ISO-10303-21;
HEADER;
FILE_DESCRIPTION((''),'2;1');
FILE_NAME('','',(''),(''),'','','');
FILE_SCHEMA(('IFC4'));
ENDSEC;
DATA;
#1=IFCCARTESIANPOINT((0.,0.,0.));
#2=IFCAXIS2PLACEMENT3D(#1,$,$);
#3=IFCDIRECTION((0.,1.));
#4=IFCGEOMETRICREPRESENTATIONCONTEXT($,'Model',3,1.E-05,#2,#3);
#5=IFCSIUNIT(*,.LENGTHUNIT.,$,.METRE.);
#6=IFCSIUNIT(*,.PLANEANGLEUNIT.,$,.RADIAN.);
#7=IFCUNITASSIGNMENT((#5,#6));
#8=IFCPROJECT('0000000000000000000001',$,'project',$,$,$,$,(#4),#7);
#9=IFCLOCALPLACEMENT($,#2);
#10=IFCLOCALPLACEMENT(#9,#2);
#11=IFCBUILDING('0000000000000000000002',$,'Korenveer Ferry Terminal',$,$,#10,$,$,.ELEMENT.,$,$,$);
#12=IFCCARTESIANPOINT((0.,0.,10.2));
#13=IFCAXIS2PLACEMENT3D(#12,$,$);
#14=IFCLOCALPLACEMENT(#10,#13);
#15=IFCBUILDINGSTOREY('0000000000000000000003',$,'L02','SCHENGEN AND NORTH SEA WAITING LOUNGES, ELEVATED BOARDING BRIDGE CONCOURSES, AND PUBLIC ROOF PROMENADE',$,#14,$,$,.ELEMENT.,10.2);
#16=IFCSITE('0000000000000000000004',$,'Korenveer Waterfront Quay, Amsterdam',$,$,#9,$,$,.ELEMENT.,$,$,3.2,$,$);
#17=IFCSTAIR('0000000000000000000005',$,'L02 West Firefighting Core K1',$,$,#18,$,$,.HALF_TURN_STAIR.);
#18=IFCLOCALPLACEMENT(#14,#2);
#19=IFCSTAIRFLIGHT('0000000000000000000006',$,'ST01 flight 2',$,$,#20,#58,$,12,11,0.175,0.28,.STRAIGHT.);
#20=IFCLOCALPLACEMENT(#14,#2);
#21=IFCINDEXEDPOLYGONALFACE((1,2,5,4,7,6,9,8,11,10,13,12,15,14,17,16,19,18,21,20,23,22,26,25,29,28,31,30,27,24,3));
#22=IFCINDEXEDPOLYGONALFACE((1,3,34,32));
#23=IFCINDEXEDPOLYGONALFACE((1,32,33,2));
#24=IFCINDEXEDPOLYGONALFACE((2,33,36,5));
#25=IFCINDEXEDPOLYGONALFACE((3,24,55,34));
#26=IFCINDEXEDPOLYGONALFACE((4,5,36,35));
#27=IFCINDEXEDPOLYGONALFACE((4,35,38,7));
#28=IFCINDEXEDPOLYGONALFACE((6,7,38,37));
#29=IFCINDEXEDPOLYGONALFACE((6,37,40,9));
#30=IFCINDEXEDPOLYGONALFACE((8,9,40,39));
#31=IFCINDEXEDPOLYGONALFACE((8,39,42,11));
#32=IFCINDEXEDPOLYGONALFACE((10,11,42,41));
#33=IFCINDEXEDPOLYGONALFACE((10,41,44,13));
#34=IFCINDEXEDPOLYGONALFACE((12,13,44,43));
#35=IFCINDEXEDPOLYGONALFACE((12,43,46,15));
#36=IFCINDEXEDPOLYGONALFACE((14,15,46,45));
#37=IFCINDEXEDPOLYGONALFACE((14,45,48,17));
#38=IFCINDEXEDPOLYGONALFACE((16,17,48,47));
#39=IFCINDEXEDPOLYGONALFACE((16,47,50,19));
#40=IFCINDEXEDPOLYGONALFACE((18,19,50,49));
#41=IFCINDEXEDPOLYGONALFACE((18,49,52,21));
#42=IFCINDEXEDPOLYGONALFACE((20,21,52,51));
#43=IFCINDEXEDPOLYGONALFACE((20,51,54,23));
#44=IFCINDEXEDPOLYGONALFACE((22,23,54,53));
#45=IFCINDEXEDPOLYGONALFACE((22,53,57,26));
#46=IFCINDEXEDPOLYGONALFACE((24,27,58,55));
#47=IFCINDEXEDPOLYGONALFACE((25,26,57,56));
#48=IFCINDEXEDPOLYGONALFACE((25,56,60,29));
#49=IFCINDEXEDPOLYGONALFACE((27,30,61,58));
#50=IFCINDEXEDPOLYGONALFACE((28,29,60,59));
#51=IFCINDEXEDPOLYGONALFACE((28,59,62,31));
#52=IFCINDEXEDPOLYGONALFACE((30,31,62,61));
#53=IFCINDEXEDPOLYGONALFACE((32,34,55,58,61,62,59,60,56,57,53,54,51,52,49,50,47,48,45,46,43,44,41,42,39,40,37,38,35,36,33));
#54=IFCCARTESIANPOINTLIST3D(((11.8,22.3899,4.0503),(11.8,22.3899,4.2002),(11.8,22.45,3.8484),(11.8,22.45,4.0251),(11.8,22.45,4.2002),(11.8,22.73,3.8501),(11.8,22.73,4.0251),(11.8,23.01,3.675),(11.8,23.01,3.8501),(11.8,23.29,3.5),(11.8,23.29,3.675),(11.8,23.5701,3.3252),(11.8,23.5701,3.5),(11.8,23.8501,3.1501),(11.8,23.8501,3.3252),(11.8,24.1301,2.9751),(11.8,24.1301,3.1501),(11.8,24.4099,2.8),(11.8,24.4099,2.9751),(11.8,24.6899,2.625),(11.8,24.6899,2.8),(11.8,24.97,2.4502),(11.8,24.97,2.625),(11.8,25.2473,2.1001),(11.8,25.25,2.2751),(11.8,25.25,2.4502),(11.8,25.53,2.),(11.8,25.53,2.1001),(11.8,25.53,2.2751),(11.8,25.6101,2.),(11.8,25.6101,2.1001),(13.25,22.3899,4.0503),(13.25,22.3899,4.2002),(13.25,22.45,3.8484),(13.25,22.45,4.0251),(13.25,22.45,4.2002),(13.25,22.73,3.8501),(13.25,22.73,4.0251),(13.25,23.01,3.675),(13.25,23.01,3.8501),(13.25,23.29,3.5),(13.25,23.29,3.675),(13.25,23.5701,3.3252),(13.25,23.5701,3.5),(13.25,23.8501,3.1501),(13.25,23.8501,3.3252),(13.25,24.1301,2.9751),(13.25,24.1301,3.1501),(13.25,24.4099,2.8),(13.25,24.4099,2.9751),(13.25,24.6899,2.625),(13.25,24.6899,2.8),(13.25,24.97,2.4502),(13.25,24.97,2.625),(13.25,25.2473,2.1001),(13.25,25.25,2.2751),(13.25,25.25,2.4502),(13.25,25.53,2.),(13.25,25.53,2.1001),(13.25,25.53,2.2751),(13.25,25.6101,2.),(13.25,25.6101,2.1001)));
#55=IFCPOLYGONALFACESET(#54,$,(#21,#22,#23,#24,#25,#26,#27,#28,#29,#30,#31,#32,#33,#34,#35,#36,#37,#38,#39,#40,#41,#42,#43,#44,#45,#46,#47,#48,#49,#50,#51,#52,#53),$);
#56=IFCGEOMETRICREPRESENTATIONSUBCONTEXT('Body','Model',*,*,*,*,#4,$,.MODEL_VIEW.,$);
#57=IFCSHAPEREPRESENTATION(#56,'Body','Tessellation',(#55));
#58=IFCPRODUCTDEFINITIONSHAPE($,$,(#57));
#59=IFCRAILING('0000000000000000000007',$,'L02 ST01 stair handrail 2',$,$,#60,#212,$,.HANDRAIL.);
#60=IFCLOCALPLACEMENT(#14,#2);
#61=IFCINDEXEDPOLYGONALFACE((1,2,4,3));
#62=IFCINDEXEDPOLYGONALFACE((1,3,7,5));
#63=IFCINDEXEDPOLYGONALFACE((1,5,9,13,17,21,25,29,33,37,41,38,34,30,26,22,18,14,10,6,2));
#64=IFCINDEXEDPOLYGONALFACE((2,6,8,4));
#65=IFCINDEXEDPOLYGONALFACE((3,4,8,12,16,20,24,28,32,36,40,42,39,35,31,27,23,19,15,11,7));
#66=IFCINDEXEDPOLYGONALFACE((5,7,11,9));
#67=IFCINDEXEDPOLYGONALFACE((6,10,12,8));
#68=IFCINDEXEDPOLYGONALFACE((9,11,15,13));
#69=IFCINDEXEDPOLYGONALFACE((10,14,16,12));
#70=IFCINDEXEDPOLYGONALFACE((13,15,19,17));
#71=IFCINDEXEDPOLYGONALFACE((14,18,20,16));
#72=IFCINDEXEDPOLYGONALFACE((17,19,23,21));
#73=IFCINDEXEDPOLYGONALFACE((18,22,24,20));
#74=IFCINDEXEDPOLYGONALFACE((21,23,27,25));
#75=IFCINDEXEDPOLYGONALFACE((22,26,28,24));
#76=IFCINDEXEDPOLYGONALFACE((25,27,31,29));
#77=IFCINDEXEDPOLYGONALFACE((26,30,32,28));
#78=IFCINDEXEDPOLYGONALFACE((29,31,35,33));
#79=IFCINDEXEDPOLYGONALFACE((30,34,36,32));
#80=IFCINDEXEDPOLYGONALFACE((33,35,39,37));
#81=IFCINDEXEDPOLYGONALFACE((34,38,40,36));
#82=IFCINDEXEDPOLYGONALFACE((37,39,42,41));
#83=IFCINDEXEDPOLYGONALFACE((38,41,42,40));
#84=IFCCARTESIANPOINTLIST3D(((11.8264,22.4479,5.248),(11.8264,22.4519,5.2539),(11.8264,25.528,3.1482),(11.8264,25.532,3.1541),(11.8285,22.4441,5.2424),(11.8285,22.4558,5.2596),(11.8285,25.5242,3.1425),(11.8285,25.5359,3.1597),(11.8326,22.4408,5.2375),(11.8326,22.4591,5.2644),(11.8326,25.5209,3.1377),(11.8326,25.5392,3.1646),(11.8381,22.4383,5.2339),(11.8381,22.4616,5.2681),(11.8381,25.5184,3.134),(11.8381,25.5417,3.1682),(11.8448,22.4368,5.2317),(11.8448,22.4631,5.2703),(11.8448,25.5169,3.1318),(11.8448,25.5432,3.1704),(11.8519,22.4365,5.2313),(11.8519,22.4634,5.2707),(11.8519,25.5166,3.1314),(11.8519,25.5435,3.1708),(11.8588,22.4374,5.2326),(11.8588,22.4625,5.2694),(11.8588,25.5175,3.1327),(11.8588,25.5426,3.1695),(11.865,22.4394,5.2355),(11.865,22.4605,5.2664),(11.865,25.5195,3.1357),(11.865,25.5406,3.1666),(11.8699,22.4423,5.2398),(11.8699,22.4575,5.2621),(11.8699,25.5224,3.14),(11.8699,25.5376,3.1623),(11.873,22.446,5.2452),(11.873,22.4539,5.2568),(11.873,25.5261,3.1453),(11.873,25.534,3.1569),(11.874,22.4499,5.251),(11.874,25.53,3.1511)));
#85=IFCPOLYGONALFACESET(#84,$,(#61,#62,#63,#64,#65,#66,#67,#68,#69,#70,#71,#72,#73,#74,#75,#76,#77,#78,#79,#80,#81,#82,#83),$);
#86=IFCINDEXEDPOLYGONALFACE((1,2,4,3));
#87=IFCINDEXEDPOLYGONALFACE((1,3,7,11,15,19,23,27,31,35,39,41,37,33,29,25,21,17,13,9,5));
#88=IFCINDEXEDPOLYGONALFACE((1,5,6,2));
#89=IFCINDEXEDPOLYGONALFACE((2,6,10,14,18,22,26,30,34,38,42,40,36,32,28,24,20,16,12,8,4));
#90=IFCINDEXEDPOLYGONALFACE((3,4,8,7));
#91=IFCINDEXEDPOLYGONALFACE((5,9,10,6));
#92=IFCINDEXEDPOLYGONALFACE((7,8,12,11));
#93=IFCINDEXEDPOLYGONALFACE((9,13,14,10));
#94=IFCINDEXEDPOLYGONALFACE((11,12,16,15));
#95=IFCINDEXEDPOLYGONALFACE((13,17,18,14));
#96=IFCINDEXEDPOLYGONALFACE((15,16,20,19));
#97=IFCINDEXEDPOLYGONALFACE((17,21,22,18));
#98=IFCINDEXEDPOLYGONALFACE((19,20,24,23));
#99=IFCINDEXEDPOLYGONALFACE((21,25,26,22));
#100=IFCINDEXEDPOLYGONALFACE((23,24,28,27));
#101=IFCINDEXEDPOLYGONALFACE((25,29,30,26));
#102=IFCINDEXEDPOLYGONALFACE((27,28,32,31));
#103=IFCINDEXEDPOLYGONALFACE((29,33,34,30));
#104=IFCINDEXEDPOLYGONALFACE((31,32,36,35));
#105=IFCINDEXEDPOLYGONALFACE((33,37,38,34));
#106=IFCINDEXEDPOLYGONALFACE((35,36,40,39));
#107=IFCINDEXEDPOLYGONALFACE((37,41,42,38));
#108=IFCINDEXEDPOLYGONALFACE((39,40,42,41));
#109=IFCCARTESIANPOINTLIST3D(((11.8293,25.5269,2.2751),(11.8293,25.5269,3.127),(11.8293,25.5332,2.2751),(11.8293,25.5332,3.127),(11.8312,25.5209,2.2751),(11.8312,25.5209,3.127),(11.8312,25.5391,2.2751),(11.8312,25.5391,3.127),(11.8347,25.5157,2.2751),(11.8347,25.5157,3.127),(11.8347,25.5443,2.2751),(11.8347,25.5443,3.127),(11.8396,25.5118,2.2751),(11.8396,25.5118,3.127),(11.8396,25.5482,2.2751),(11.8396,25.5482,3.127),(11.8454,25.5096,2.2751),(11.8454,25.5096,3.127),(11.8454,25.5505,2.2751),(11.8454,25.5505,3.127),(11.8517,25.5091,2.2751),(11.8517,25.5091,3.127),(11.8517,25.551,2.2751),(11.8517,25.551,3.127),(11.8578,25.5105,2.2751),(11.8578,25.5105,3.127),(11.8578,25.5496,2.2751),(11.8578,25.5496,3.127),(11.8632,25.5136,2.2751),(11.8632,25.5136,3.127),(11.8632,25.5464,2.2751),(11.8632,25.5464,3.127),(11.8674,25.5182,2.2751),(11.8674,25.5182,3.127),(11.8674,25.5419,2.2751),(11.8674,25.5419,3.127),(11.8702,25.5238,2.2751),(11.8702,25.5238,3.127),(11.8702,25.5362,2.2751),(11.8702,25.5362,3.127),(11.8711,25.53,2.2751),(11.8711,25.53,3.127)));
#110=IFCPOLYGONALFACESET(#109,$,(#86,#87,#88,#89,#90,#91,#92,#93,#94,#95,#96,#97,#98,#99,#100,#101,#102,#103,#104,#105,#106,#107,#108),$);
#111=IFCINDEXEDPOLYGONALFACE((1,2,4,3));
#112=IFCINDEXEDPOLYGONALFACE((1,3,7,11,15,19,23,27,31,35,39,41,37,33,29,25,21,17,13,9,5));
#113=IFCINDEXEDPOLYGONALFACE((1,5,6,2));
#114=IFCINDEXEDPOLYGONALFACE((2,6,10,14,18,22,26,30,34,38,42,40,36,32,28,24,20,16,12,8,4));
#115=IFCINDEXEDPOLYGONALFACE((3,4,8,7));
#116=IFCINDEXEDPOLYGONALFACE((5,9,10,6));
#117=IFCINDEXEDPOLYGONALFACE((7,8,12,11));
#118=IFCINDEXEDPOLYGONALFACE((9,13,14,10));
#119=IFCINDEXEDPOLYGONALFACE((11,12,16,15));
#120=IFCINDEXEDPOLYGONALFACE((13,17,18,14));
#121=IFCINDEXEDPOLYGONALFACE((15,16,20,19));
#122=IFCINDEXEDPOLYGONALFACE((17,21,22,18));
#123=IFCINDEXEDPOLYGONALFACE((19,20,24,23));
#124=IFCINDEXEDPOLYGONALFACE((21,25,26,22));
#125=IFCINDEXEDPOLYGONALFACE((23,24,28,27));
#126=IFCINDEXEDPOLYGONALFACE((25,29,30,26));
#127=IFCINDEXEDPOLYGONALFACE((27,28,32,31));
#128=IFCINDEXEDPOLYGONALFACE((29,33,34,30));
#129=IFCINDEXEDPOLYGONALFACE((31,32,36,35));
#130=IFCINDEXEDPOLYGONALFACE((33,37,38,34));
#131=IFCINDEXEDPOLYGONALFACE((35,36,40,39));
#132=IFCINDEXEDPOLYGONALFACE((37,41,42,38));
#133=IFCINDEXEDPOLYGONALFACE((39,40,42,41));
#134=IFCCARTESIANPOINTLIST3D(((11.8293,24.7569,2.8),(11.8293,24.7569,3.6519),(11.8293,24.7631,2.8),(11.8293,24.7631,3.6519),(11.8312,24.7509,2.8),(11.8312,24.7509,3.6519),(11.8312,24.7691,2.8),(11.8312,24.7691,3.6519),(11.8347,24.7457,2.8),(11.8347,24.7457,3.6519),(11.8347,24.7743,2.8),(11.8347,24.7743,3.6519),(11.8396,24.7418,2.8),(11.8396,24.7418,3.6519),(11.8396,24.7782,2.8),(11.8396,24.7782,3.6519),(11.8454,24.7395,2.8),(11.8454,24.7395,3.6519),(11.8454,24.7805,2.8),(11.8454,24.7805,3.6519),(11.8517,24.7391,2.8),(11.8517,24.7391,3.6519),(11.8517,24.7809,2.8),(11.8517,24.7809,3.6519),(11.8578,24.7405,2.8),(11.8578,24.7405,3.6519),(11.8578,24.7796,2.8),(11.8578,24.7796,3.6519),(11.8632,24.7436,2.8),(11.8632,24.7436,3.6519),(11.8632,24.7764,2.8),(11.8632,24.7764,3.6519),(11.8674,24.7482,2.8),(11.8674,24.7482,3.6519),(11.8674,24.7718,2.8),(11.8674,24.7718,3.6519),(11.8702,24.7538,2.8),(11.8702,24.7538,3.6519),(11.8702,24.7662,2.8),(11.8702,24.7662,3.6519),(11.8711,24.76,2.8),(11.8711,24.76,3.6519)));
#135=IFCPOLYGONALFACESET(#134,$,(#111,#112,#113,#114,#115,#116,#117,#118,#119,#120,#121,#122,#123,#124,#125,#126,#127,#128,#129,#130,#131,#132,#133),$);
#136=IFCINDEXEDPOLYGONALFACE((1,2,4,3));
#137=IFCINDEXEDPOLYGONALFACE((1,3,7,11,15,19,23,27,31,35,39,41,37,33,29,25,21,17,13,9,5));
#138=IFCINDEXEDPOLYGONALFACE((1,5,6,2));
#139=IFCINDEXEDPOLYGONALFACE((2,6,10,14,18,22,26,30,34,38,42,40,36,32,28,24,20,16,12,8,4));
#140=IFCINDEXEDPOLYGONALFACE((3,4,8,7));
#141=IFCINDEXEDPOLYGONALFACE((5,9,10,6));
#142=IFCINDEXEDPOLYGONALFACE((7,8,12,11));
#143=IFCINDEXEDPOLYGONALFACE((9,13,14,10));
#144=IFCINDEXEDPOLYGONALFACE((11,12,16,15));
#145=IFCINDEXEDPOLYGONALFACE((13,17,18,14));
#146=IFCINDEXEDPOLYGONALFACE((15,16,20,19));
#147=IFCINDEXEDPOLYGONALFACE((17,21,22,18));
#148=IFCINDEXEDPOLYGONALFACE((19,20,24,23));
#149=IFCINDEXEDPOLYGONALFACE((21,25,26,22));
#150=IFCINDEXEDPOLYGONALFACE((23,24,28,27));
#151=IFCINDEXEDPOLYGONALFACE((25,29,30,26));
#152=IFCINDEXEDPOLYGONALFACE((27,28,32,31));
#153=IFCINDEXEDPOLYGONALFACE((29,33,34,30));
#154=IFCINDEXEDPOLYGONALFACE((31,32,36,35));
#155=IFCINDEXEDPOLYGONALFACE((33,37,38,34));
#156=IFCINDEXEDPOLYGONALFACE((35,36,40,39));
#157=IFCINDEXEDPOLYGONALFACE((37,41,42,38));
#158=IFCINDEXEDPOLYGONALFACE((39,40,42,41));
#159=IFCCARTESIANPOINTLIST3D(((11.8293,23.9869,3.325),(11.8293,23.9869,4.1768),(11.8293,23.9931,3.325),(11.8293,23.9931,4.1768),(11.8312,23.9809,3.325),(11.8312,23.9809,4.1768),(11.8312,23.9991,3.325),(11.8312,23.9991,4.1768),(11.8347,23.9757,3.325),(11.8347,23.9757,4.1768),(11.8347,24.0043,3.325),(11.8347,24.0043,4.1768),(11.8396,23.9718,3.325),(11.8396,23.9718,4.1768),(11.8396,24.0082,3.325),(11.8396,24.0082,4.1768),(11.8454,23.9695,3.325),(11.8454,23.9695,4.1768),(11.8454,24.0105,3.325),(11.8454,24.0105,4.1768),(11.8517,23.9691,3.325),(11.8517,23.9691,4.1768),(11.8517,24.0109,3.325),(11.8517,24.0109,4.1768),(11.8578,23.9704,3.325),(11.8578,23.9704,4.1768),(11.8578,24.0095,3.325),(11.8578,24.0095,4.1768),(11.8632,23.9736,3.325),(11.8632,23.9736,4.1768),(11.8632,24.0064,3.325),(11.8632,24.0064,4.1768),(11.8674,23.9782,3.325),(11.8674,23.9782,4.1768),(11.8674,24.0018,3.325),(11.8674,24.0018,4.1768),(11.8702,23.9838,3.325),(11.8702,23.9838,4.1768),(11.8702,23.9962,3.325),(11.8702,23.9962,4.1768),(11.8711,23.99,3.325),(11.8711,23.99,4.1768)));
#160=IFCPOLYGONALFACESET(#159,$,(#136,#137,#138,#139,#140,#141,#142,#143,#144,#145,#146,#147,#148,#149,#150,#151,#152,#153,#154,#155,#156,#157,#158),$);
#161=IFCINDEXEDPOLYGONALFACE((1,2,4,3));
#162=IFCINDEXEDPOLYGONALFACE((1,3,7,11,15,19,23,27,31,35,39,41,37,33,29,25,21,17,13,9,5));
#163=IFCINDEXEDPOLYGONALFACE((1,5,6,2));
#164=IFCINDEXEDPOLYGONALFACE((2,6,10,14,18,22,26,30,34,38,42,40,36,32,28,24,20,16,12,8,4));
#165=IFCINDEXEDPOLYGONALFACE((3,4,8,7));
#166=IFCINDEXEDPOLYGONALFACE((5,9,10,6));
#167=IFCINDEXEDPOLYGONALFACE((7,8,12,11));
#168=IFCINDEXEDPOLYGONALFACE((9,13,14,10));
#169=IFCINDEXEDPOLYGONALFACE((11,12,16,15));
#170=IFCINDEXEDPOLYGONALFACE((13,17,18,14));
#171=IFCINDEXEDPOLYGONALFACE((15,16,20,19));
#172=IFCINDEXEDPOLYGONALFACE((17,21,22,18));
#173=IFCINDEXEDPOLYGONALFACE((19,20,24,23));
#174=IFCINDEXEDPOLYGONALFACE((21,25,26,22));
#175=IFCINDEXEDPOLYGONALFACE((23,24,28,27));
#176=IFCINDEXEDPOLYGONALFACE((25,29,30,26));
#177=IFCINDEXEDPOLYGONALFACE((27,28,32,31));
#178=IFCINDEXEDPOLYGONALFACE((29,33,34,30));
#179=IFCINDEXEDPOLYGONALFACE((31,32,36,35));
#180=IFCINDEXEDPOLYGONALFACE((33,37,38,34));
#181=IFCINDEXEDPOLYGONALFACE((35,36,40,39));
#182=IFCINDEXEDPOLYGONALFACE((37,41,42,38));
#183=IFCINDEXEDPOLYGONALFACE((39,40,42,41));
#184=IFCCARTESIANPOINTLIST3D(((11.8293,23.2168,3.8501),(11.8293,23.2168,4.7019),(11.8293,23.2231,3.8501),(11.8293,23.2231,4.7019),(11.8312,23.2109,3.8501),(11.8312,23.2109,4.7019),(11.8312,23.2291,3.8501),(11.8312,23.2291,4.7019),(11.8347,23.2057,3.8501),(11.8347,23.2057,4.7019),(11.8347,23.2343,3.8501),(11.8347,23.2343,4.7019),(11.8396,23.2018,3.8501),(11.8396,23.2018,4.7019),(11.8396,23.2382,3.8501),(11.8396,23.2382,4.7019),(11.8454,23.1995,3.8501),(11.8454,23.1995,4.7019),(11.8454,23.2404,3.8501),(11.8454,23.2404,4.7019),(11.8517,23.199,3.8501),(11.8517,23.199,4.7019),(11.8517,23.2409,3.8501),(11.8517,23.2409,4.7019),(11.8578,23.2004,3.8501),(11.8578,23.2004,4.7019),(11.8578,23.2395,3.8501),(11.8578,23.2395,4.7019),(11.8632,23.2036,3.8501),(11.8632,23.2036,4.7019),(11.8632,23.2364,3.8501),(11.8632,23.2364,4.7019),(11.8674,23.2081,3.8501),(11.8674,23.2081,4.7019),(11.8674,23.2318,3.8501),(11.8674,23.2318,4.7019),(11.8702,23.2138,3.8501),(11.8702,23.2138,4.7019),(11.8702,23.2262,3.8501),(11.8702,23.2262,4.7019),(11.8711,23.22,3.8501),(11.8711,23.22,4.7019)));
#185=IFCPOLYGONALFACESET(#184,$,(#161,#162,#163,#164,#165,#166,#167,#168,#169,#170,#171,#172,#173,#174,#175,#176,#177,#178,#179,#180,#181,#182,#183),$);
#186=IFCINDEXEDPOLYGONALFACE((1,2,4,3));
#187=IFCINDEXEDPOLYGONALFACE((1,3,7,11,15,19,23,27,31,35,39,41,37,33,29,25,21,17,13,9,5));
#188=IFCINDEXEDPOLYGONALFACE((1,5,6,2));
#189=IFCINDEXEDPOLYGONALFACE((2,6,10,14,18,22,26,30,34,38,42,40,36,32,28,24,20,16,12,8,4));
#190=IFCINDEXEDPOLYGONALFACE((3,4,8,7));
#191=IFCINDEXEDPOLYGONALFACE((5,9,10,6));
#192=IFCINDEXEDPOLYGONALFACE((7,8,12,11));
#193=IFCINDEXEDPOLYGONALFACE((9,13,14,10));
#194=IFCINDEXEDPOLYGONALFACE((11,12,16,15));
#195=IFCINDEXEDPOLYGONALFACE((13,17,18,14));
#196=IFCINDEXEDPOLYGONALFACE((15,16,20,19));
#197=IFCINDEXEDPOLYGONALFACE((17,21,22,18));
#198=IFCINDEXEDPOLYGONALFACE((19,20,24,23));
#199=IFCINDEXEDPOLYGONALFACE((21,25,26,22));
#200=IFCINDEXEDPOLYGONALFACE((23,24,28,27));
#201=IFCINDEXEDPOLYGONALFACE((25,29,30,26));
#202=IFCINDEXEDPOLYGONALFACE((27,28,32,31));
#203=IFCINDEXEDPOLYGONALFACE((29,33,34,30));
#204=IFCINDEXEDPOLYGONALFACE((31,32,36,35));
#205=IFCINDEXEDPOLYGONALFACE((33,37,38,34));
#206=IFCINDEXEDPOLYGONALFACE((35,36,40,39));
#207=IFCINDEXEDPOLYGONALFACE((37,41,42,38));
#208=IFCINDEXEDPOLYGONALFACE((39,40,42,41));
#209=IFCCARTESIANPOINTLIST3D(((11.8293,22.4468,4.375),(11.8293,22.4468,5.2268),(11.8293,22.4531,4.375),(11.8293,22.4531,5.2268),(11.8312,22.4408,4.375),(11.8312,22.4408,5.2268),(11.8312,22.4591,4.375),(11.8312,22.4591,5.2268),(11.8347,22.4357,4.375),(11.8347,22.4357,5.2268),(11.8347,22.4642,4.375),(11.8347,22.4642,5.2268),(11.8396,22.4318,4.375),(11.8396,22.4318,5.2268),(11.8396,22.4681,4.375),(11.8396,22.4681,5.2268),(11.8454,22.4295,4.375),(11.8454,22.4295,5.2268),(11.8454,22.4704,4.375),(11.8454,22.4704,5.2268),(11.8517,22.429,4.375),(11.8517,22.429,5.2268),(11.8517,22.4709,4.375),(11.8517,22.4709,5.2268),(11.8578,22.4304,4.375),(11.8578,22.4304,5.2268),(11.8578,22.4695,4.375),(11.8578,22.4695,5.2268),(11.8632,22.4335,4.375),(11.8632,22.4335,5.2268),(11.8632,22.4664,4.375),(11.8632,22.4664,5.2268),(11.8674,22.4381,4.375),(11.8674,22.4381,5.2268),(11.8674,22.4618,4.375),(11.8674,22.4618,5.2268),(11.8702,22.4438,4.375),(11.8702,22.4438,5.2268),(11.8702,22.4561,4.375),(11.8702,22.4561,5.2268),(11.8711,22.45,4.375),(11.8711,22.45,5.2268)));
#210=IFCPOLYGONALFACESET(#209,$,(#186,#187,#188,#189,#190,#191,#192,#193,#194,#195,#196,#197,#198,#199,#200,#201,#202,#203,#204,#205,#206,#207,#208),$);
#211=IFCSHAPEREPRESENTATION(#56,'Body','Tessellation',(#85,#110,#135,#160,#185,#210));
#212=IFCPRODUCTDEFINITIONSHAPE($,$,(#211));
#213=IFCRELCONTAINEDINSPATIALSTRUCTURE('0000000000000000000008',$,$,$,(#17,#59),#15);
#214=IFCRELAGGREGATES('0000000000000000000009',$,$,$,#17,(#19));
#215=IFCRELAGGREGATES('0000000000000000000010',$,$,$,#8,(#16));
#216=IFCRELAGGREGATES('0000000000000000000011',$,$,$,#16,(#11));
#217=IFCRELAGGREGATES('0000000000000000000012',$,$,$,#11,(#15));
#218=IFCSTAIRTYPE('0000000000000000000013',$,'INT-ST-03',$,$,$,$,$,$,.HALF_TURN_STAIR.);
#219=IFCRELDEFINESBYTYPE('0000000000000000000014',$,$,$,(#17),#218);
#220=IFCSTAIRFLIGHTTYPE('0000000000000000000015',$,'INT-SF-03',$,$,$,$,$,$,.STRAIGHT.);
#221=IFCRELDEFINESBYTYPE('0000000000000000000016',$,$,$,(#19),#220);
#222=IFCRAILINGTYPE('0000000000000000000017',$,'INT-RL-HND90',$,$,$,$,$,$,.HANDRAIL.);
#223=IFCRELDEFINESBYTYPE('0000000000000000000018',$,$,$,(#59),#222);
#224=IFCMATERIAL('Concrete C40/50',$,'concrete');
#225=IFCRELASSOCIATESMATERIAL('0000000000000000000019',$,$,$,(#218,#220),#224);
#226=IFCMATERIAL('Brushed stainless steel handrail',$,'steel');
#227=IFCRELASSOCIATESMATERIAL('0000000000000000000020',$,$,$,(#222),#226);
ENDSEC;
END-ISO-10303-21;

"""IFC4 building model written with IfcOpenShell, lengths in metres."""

from ifc_helpers import new_model, si_unit, direction, frame, origin, origin_2d, place, context, subcontext, project, spatial, polyline, circle, outline, extrude, material, type_object, element, aggregate, save


model = new_model("IFC4")

# Units and contexts
model_context = context("Model", 3, precision=1e-05, world=origin(), true_north=direction((0.0, 1.0)))
body_context = subcontext(model_context, "Body", "Model", "MODEL_VIEW")
ifc_project = project(units=[si_unit("LENGTHUNIT", "METRE"), si_unit("PLANEANGLEUNIT", "RADIAN")], contexts=[model_context])

# Site, building, storey
site_placement = place(None, origin())
site = spatial("IfcSite", under=ifc_project, at=site_placement, Name="Korenveer Waterfront Quay, Amsterdam", CompositionType="ELEMENT", RefElevation=3.2)
building_placement = place(site_placement, origin())
building = spatial("IfcBuilding", under=site, at=building_placement, Name="Korenveer Ferry Terminal", CompositionType="ELEMENT")
storey_placement = place(building_placement, frame((0.0, 0.0, 10.2)))
storey = spatial("IfcBuildingStorey", under=building, at=storey_placement, Name="L02", Description="SCHENGEN AND NORTH SEA WAITING LOUNGES, ELEVATED BOARDING BRIDGE CONCOURSES, AND PUBLIC ROOF PROMENADE", CompositionType="ELEMENT", Elevation=10.2)

# Stair, stair flight
ifc_material_1 = material(Name="Concrete C40/50", Category="concrete")
stair_type = type_object("IfcStairType", Name="INT-ST-03", PredefinedType="HALF_TURN_STAIR", material=ifc_material_1)
stair_placement = place(storey_placement, frame((14.175, 22.45, 0.0)))
stair = element("IfcStair", 1, at=stair_placement, inside=storey, type_object=stair_type, Name="L02 West Firefighting Core K1", PredefinedType="HALF_TURN_STAIR")
stair_flight_type = type_object("IfcStairFlightType", Name="INT-SF-03", PredefinedType="STRAIGHT", material=ifc_material_1)
stair_flight_placement = place(storey_placement, frame((12.5249, 25.53, 2.1001), z_axis=(0.0, 0.0, 1.0), x_axis=(0.0, -1.0, 0.0)))
stair_flight = element("IfcStairFlight", 2, at=stair_flight_placement, type_object=stair_flight_type, Name="ST01 flight 2", NumberOfRisers=12, NumberOfTreads=11, PredefinedType="STRAIGHT", RiserHeight=0.175, TreadLength=0.28, context=body_context, shape_type="SweptSolid", body=[
    extrude(outline(polyline([(-0.0801, 0.0), (0.0, 0.0), (0.0, 0.175), (0.28, 0.175), (0.28, 0.3501), (0.5601, 0.3501), (0.5601, 0.5249), (0.8401, 0.5249), (0.8401, 0.7), (1.1201, 0.7), (1.1201, 0.875), (1.3999, 0.875), (1.3999, 1.05), (1.6799, 1.05), (1.6799, 1.2251), (1.96, 1.2251), (1.96, 1.3999), (2.24, 1.3999), (2.24, 1.575), (2.52, 1.575), (2.52, 1.75), (2.8, 1.75), (2.8, 1.925), (3.0801, 1.925), (3.0801, 2.1001), (3.1401, 2.1001), (3.1401, 1.9502), (3.0801, 1.7483), (0.2827, 0.0), (0.0, -0.1001), (-0.0801, -0.1001), (-0.0801, 0.0)])), frame((0.0, 0.7251, 0.0), z_axis=(0.0, -1.0, 0.0), x_axis=(1.0, 0.0, 0.0)), (0.0, 0.0, 1.0), 1.45),
])
aggregate(stair, [stair_flight])

# Railing
ifc_material_2 = material(Name="Brushed stainless steel handrail", Category="steel")
railing_type_1 = type_object("IfcRailingType", Name="INT-RL-HND90", PredefinedType="HANDRAIL", material=ifc_material_2)
railing_1_placement = place(storey_placement, frame((11.8501, 25.53, 2.2751)))
element("IfcRailing", 3, at=railing_1_placement, inside=storey, type_object=railing_type_1, Name="L02 ST01 stair handrail 2", PredefinedType="HANDRAIL", context=body_context, shape_type="SweptSolid", body=[
    extrude(circle(Radius=0.0239, at=origin_2d()), frame((0.0, 0.0, 0.876), z_axis=(0.0, -0.826252, 0.5633), x_axis=(1.0, 0.0, 0.0)), (0.0, 0.0, 1.0), 3.7278),
    extrude(circle(Radius=0.021, at=origin_2d()), origin(), (0.0, 0.0, 1.0), 0.8518),
    extrude(circle(Radius=0.021, at=origin_2d()), frame((0.0, -0.77, 0.5249)), (0.0, 0.0, 1.0), 0.8518),
    extrude(circle(Radius=0.021, at=origin_2d()), frame((0.0, -1.54, 1.0498)), (0.0, 0.0, 1.0), 0.8518),
    extrude(circle(Radius=0.021, at=origin_2d()), frame((0.0, -2.3101, 1.575)), (0.0, 0.0, 1.0), 0.8518),
    extrude(circle(Radius=0.021, at=origin_2d()), frame((0.0, -3.0801, 2.0999)), (0.0, 0.0, 1.0), 0.8518),
])

save(model, "model.ifc")
